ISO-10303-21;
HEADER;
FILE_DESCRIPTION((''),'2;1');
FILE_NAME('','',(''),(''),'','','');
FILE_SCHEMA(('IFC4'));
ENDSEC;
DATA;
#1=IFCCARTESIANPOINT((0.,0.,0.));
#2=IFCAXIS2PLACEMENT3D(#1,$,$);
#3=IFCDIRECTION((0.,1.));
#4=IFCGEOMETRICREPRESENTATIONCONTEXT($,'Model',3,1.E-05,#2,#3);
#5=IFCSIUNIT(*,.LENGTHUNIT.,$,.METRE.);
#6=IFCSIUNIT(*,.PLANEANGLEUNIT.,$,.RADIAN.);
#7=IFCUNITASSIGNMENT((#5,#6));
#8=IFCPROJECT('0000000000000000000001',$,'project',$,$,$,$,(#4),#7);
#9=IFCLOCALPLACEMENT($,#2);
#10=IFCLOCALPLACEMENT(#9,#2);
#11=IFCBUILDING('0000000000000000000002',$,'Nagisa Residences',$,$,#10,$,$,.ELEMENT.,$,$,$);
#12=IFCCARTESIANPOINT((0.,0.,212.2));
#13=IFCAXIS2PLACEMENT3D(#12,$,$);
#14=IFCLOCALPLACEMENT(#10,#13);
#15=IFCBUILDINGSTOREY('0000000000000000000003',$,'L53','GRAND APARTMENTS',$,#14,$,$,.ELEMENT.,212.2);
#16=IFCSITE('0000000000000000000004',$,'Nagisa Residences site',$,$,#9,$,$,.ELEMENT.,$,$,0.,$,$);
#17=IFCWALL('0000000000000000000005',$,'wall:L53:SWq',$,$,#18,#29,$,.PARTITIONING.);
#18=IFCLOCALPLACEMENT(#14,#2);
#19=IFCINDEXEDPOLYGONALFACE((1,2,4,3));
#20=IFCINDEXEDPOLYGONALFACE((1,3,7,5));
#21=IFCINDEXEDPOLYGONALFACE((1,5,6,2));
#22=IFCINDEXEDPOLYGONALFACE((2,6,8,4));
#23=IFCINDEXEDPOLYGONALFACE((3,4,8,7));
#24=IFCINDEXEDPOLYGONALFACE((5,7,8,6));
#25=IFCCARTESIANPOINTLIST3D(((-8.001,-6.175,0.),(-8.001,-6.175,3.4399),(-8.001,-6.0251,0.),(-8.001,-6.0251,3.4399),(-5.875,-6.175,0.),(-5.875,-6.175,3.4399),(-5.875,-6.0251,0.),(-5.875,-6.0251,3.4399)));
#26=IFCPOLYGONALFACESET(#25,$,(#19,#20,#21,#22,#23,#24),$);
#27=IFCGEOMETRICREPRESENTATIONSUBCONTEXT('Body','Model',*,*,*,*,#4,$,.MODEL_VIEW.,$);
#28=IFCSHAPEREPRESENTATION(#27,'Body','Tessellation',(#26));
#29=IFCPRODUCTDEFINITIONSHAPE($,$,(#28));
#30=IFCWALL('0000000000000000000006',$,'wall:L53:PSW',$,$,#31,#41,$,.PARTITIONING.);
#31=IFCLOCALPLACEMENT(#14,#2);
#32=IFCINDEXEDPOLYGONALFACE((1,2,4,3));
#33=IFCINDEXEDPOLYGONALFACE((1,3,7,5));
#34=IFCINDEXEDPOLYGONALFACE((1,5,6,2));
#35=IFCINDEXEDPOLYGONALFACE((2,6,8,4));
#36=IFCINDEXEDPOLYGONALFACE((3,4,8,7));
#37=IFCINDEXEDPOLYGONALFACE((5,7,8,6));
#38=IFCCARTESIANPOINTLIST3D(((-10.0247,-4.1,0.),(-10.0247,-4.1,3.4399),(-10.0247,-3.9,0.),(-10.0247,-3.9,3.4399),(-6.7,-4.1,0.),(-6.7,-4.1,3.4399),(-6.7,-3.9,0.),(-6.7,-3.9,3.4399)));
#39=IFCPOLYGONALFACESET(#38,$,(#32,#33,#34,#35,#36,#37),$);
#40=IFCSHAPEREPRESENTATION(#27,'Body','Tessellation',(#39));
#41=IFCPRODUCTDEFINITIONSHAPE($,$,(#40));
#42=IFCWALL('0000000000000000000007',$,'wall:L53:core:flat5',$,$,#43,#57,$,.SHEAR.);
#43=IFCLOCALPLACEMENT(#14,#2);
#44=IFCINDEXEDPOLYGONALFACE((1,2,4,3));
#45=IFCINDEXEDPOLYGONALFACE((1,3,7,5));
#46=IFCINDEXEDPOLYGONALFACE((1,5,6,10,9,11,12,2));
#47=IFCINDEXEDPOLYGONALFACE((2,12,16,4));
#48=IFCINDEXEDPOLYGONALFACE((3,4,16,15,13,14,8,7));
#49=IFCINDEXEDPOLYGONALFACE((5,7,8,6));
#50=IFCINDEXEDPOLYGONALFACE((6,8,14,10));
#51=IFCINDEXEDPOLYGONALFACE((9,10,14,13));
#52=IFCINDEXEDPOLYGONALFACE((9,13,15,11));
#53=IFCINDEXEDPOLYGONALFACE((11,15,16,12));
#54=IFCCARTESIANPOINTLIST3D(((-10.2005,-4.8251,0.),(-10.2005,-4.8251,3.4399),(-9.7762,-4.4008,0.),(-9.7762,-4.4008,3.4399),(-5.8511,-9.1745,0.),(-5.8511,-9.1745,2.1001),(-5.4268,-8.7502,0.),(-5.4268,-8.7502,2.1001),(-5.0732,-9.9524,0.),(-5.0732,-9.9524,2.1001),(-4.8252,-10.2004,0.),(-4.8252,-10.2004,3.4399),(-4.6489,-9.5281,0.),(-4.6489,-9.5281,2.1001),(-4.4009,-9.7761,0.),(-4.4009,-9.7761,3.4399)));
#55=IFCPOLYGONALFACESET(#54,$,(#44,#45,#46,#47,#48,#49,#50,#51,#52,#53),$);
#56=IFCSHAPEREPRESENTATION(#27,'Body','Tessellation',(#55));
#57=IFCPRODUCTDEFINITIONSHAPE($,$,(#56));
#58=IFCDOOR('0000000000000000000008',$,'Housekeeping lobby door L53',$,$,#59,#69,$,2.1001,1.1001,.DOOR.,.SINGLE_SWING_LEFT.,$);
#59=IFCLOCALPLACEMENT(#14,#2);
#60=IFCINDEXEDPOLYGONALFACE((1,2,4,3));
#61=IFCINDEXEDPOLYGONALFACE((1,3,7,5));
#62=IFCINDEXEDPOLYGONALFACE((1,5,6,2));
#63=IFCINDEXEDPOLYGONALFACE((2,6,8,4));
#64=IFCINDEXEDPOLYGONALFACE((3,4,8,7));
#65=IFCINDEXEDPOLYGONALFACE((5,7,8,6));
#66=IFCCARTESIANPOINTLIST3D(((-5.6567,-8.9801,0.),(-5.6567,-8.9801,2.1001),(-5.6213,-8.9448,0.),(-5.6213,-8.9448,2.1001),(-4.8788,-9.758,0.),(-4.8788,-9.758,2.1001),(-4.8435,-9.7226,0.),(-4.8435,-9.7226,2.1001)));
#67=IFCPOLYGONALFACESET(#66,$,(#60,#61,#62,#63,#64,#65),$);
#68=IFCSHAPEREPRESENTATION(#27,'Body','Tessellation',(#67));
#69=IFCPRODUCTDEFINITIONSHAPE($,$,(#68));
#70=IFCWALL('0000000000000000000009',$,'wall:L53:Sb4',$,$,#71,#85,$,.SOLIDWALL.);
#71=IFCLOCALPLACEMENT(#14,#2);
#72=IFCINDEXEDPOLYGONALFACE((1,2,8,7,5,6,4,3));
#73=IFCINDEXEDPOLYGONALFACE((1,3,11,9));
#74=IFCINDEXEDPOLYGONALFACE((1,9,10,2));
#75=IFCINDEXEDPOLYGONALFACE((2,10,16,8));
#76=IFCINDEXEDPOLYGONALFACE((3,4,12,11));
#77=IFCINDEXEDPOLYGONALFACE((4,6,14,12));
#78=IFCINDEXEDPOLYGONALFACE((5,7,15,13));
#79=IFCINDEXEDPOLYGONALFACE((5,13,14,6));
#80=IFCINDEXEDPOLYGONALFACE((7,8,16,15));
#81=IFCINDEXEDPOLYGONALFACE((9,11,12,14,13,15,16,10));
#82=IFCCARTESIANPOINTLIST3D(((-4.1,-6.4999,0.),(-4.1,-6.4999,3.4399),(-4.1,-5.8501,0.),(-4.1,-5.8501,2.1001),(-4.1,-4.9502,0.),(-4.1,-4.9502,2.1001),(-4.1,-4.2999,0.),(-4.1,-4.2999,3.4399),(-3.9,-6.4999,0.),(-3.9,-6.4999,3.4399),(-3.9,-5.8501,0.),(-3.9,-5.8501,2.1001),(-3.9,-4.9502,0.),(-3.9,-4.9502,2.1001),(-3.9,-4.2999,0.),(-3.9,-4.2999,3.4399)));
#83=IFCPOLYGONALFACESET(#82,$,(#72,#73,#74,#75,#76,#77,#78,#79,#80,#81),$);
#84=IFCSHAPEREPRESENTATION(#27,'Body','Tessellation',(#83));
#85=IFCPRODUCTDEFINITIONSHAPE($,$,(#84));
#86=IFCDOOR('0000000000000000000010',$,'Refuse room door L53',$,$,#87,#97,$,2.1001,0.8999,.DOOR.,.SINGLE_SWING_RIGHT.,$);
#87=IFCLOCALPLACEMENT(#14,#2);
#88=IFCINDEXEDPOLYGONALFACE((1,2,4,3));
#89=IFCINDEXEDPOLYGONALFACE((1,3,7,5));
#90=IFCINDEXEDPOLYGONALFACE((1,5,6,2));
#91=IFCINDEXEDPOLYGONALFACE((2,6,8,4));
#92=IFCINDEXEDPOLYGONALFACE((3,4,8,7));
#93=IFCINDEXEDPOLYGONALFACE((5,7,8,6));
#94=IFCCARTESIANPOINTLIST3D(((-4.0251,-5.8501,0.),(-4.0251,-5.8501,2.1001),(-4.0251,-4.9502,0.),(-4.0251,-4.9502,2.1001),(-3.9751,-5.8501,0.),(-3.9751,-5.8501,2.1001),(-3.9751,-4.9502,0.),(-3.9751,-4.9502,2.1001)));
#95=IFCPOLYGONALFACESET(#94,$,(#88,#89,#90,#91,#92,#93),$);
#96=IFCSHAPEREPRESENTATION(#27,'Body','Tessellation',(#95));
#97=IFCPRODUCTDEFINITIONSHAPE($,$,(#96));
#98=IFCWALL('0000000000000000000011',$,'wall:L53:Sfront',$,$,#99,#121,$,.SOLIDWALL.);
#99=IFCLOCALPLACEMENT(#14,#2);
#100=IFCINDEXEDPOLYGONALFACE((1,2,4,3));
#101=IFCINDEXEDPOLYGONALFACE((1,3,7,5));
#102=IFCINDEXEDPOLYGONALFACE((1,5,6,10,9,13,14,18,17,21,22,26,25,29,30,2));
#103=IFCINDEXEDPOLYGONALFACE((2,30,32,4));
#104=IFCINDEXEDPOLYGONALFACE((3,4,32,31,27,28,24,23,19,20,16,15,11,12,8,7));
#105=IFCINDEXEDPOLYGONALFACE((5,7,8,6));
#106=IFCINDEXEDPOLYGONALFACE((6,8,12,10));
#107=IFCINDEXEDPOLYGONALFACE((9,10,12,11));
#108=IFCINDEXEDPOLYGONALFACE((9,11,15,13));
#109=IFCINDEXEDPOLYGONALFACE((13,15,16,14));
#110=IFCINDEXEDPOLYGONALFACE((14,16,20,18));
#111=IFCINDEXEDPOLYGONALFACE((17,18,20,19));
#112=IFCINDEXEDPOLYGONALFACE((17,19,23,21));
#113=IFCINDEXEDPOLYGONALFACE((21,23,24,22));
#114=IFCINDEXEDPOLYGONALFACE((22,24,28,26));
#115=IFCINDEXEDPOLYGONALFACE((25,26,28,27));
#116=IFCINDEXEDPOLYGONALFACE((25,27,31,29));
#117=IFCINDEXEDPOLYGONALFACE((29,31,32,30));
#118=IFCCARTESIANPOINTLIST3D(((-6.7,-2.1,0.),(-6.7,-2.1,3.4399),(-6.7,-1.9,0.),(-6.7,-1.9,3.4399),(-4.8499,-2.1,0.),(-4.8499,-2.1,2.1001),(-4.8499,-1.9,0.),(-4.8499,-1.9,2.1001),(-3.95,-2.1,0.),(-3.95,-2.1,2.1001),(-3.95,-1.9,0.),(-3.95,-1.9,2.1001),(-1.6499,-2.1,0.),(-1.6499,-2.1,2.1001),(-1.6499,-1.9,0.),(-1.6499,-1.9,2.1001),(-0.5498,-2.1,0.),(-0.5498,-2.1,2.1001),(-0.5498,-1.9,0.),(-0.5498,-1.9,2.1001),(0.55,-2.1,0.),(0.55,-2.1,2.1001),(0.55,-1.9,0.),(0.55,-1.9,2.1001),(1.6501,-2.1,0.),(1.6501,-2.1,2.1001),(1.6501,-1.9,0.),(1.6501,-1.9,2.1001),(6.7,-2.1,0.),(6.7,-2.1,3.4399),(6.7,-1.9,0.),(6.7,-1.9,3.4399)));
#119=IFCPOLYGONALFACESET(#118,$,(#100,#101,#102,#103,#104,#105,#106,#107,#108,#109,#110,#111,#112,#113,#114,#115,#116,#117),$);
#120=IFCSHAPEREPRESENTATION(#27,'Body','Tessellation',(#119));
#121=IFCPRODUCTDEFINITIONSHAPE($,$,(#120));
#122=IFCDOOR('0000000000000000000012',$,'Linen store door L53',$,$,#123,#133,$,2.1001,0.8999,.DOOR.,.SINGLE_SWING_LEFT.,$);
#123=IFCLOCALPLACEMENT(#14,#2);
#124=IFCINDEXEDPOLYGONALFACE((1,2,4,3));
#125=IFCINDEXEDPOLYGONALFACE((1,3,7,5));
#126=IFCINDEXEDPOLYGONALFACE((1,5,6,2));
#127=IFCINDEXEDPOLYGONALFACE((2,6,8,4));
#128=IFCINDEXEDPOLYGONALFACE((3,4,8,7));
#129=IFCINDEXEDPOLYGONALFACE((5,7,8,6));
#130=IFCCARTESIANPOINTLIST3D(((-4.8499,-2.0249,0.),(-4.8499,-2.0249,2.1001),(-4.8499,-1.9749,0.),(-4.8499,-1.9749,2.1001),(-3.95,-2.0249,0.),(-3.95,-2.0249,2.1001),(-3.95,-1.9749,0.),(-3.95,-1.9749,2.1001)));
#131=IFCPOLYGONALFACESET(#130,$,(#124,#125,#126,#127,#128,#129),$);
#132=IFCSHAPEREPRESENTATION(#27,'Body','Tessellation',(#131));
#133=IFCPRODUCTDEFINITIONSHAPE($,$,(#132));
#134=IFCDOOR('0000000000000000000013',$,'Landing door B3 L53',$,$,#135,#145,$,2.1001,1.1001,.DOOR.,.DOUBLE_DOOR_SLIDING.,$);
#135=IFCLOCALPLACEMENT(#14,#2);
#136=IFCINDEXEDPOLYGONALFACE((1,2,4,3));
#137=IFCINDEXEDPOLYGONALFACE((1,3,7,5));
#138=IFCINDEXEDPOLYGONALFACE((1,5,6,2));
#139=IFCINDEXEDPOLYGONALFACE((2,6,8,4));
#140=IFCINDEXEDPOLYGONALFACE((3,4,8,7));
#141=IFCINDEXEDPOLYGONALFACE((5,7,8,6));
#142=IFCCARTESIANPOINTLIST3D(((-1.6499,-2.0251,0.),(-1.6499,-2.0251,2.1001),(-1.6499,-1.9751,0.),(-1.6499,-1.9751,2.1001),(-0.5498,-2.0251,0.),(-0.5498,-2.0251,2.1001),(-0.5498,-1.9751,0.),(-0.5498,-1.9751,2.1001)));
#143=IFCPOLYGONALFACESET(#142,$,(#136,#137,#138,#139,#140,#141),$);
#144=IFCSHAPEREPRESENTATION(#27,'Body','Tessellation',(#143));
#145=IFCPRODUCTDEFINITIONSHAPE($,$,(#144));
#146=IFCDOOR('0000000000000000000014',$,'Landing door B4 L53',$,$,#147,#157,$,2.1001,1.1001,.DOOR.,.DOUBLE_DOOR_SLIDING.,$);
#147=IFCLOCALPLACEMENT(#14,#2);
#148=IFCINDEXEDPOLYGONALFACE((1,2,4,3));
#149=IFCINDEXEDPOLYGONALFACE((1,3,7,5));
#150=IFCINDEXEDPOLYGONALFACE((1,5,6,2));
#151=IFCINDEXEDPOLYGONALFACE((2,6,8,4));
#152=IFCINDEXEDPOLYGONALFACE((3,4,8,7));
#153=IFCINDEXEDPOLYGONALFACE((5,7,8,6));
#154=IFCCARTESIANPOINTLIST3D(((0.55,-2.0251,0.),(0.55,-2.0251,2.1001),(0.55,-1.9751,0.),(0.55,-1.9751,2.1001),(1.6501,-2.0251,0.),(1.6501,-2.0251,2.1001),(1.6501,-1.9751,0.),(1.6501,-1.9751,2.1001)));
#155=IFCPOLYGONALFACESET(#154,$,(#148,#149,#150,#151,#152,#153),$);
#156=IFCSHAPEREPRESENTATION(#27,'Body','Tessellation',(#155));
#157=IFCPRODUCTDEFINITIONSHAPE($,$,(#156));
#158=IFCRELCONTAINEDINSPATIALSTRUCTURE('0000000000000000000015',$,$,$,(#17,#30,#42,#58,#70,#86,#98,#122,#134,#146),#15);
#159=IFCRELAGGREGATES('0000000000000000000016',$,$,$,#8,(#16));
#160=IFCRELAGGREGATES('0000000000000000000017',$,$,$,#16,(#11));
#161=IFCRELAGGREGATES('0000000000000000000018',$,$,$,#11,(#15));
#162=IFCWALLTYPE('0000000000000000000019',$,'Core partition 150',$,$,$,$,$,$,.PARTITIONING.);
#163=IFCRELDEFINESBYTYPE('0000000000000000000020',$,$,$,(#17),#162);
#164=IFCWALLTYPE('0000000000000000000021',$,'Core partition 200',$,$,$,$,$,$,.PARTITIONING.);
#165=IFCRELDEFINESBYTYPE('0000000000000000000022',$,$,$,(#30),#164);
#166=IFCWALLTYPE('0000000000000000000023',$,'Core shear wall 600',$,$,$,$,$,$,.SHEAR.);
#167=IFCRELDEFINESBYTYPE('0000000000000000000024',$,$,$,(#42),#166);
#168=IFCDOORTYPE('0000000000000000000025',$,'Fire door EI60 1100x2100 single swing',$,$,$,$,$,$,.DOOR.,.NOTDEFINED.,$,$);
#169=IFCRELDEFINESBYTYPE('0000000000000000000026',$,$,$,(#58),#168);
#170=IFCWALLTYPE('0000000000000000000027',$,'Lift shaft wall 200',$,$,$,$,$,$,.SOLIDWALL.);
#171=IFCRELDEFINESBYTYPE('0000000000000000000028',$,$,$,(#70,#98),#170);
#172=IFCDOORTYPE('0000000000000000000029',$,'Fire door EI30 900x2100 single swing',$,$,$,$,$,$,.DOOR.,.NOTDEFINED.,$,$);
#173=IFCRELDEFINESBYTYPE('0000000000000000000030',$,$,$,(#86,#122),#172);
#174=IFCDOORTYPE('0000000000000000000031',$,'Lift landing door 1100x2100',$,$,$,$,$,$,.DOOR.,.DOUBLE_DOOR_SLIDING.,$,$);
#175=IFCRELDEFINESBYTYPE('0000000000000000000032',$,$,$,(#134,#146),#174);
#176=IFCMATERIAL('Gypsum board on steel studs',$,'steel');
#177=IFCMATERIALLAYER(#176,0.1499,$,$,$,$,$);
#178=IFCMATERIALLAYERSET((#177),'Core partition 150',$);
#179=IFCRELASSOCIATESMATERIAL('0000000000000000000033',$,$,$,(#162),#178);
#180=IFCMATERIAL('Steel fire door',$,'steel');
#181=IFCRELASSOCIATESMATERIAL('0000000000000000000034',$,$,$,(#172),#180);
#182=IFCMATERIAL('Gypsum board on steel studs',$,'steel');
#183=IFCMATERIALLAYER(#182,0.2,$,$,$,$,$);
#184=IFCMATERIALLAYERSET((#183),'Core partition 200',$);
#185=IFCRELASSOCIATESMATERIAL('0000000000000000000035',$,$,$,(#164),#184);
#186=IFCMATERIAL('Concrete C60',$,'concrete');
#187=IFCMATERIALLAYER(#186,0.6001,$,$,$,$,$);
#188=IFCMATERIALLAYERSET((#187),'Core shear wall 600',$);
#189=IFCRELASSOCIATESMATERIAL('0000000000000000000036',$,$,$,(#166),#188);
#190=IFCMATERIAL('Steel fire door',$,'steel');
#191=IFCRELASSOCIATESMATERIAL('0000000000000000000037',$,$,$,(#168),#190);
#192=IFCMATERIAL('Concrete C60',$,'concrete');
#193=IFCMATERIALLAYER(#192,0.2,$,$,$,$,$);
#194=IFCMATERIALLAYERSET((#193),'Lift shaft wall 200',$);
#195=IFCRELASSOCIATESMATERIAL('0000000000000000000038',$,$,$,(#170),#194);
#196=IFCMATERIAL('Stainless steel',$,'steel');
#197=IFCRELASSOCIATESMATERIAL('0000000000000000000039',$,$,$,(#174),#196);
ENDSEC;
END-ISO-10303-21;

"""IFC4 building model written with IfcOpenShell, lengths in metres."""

from ifc_helpers import new_model, si_unit, direction, frame, frame_2d, origin, place, context, subcontext, project, spatial, rectangle, extrude, material, layer, layer_set, type_object, element, fill, save


model = new_model("IFC4")

# Units and contexts
model_context = context("Model", 3, precision=1e-05, world=origin(), true_north=direction((0.0, 1.0)))
body_context = subcontext(model_context, "Body", "Model", "MODEL_VIEW")
ifc_project = project(units=[si_unit("LENGTHUNIT", "METRE"), si_unit("PLANEANGLEUNIT", "RADIAN")], contexts=[model_context])

# Site, building, storey
site_placement = place(None, origin())
site = spatial("IfcSite", under=ifc_project, at=site_placement, Name="Nagisa Residences site", CompositionType="ELEMENT", RefElevation=0.0)
building_placement = place(site_placement, origin())
building = spatial("IfcBuilding", under=site, at=building_placement, Name="Nagisa Residences", CompositionType="ELEMENT")
storey_placement = place(building_placement, frame((0.0, 0.0, 212.2)))
storey = spatial("IfcBuildingStorey", under=building, at=storey_placement, Name="L53", Description="GRAND APARTMENTS", CompositionType="ELEMENT", Elevation=212.2)

# Shared definitions
ifc_material_1 = material(Name="Gypsum board on steel studs", Category="steel")
ifc_layer_1 = layer(ifc_material_1, 0.1499)
ifc_layer_set_1 = layer_set([ifc_layer_1], Name="Core partition 150")
wall_type_1 = type_object("IfcWallType", Name="Core partition 150", PredefinedType="PARTITIONING", material=ifc_layer_set_1)
ifc_material_2 = material(Name="Steel fire door", Category="steel")
door_type_1 = type_object("IfcDoorType", Name="Fire door EI30 900x2100 single swing", OperationType="NOTDEFINED", PredefinedType="DOOR", material=ifc_material_2)

# Walls
wall_1_placement = place(storey_placement, frame((-8.001, -6.1001, 0.0), z_axis=(0.0, 0.0, 1.0), x_axis=(1.0, 0.0, 0.0)))
element("IfcWall", 1, at=wall_1_placement, inside=storey, type_object=wall_type_1, Name="wall:L53:SWq", PredefinedType="PARTITIONING", context=body_context, shape_type="SweptSolid", body=[
    extrude(rectangle(XDim=2.126, YDim=0.1499, at=frame_2d((1.063, 0.0))), origin(), (0.0, 0.0, 1.0), 3.4399),
])
ifc_material_3 = material(Name="Gypsum board on steel studs", Category="steel")
ifc_layer_2 = layer(ifc_material_3, 0.2)
ifc_layer_set_2 = layer_set([ifc_layer_2], Name="Core partition 200")
wall_type_2 = type_object("IfcWallType", Name="Core partition 200", PredefinedType="PARTITIONING", material=ifc_layer_set_2)
wall_2_placement = place(storey_placement, frame((-10.0247, -4.0, 0.0), z_axis=(0.0, 0.0, 1.0), x_axis=(1.0, 0.0, 0.0)))
element("IfcWall", 2, at=wall_2_placement, inside=storey, type_object=wall_type_2, Name="wall:L53:PSW", PredefinedType="PARTITIONING", context=body_context, shape_type="SweptSolid", body=[
    extrude(rectangle(XDim=3.3247, YDim=0.2, at=frame_2d((1.6624, 0.0))), origin(), (0.0, 0.0, 1.0), 3.4399),
])

# Walls, openings, doors
ifc_material_4 = material(Name="Concrete C60", Category="concrete")
ifc_layer_3 = layer(ifc_material_4, 0.6001)
ifc_layer_set_3 = layer_set([ifc_layer_3], Name="Core shear wall 600")
wall_type_3 = type_object("IfcWallType", Name="Core shear wall 600", PredefinedType="SHEAR", material=ifc_layer_set_3)
wall_3_placement = place(storey_placement, frame((-9.9883, -4.613, 0.0), z_axis=(0.0, 0.0, 1.0), x_axis=(0.707107, -0.707107, 0.0)))
wall_3 = element("IfcWall", 3, at=wall_3_placement, inside=storey, type_object=wall_type_3, Name="wall:L53:core:flat5", PredefinedType="SHEAR", context=body_context, shape_type="SweptSolid", body=[
    extrude(rectangle(XDim=7.6018, YDim=0.6001, at=frame_2d((3.8008, 0.0))), origin(), (0.0, 0.0, 1.0), 3.4399),
])
opening_1_placement = place(wall_3_placement, frame((6.1509, 0.0, 0.0)))
opening_1 = element("IfcOpeningElement", 4, at=opening_1_placement, cuts=wall_3, PredefinedType="OPENING", context=body_context, shape_type="SweptSolid", body=[
    extrude(rectangle(XDim=1.1001, YDim=2.1001, at=frame_2d((0.55, 1.05))), frame((0.0, 0.3101, 0.0), z_axis=(0.0, -1.0, 0.0), x_axis=(1.0, 0.0, 0.0)), (0.0, 0.0, 1.0), 0.6201),
])
ifc_material_5 = material(Name="Steel fire door", Category="steel")
door_type_2 = type_object("IfcDoorType", Name="Fire door EI60 1100x2100 single swing", OperationType="NOTDEFINED", PredefinedType="DOOR", material=ifc_material_5)
door_1_placement = place(opening_1_placement, origin())
door_1 = element("IfcDoor", 5, at=door_1_placement, inside=storey, type_object=door_type_2, Name="Housekeeping lobby door L53", OperationType="SINGLE_SWING_LEFT", OverallHeight=2.1001, OverallWidth=1.1001, PredefinedType="DOOR", context=body_context, shape_type="SweptSolid", body=[
    extrude(rectangle(XDim=1.1001, YDim=2.1001, at=frame_2d((0.55, 1.05))), frame((0.0, 0.0249, 0.0), z_axis=(0.0, -1.0, 0.0), x_axis=(1.0, 0.0, 0.0)), (0.0, 0.0, 1.0), 0.05),
])
fill(opening_1, door_1)
ifc_material_6 = material(Name="Concrete C60", Category="concrete")
ifc_layer_4 = layer(ifc_material_6, 0.2)
ifc_layer_set_4 = layer_set([ifc_layer_4], Name="Lift shaft wall 200")
wall_type_4 = type_object("IfcWallType", Name="Lift shaft wall 200", PredefinedType="SOLIDWALL", material=ifc_layer_set_4)
wall_4_placement = place(storey_placement, frame((-4.0, -6.5, 0.0), z_axis=(0.0, 0.0, 1.0), x_axis=(0.0, 1.0, 0.0)))
wall_4 = element("IfcWall", 6, at=wall_4_placement, inside=storey, type_object=wall_type_4, Name="wall:L53:Sb4", PredefinedType="SOLIDWALL", context=body_context, shape_type="SweptSolid", body=[
    extrude(rectangle(XDim=2.2, YDim=0.2, at=frame_2d((1.1001, 0.0))), origin(), (0.0, 0.0, 1.0), 3.4399),
])
opening_2_placement = place(wall_4_placement, frame((0.6499, 0.0, 0.0)))
opening_2 = element("IfcOpeningElement", 7, at=opening_2_placement, cuts=wall_4, PredefinedType="OPENING", context=body_context, shape_type="SweptSolid", body=[
    extrude(rectangle(XDim=0.8999, YDim=2.1001, at=frame_2d((0.45, 1.05))), frame((0.0, 0.1099, 0.0), z_axis=(0.0, -1.0, 0.0), x_axis=(1.0, 0.0, 0.0)), (0.0, 0.0, 1.0), 0.22),
])
door_2_placement = place(opening_2_placement, frame((0.8999, 0.0, 0.0), x_axis=(-1.0, 0.0, 0.0)))
door_2 = element("IfcDoor", 8, at=door_2_placement, inside=storey, type_object=door_type_1, Name="Refuse room door L53", OperationType="SINGLE_SWING_RIGHT", OverallHeight=2.1001, OverallWidth=0.8999, PredefinedType="DOOR", context=body_context, shape_type="SweptSolid", body=[
    extrude(rectangle(XDim=0.8999, YDim=2.1001, at=frame_2d((0.45, 1.05))), frame((0.0, 0.0249, 0.0), z_axis=(0.0, -1.0, 0.0), x_axis=(1.0, 0.0, 0.0)), (0.0, 0.0, 1.0), 0.05),
])
fill(opening_2, door_2)

# Wall, openings, doors
wall_5_placement = place(storey_placement, frame((-6.7, -2.0, 0.0), z_axis=(0.0, 0.0, 1.0), x_axis=(1.0, 0.0, 0.0)))
wall_5 = element("IfcWall", 9, at=wall_5_placement, inside=storey, type_object=wall_type_4, Name="wall:L53:Sfront", PredefinedType="SOLIDWALL", context=body_context, shape_type="SweptSolid", body=[
    extrude(rectangle(XDim=13.3999, YDim=0.2, at=frame_2d((6.7, 0.0))), origin(), (0.0, 0.0, 1.0), 3.4399),
])
opening_3_placement = place(wall_5_placement, frame((5.05, 0.0, 0.0)))
opening_3 = element("IfcOpeningElement", 10, at=opening_3_placement, cuts=wall_5, PredefinedType="OPENING", context=body_context, shape_type="SweptSolid", body=[
    extrude(rectangle(XDim=1.1001, YDim=2.1001, at=frame_2d((0.55, 1.05))), frame((0.0, 0.1099, 0.0), z_axis=(0.0, -1.0, 0.0), x_axis=(1.0, 0.0, 0.0)), (0.0, 0.0, 1.0), 0.22),
])
opening_4_placement = place(wall_5_placement, frame((7.25, 0.0, 0.0)))
opening_4 = element("IfcOpeningElement", 11, at=opening_4_placement, cuts=wall_5, PredefinedType="OPENING", context=body_context, shape_type="SweptSolid", body=[
    extrude(rectangle(XDim=1.1001, YDim=2.1001, at=frame_2d((0.55, 1.05))), frame((0.0, 0.1099, 0.0), z_axis=(0.0, -1.0, 0.0), x_axis=(1.0, 0.0, 0.0)), (0.0, 0.0, 1.0), 0.22),
])
opening_5_placement = place(wall_5_placement, frame((1.8501, 0.0, 0.0)))
opening_5 = element("IfcOpeningElement", 12, at=opening_5_placement, cuts=wall_5, PredefinedType="OPENING", context=body_context, shape_type="SweptSolid", body=[
    extrude(rectangle(XDim=0.8999, YDim=2.1001, at=frame_2d((0.45, 1.05))), frame((0.0, 0.1099, 0.0), z_axis=(0.0, -1.0, 0.0), x_axis=(1.0, 0.0, 0.0)), (0.0, 0.0, 1.0), 0.22),
])
door_3_placement = place(opening_5_placement, frame((0.8999, 0.0, 0.0), x_axis=(-1.0, 0.0, 0.0)))
door_3 = element("IfcDoor", 13, at=door_3_placement, inside=storey, type_object=door_type_1, Name="Linen store door L53", OperationType="SINGLE_SWING_LEFT", OverallHeight=2.1001, OverallWidth=0.8999, PredefinedType="DOOR", context=body_context, shape_type="SweptSolid", body=[
    extrude(rectangle(XDim=0.8999, YDim=2.1001, at=frame_2d((0.45, 1.05))), frame((0.0, 0.0249, 0.0), z_axis=(0.0, -1.0, 0.0), x_axis=(1.0, 0.0, 0.0)), (0.0, 0.0, 1.0), 0.05),
])
fill(opening_5, door_3)
ifc_material_7 = material(Name="Stainless steel", Category="steel")
door_type_3 = type_object("IfcDoorType", Name="Lift landing door 1100x2100", OperationType="DOUBLE_DOOR_SLIDING", PredefinedType="DOOR", material=ifc_material_7)
door_4_placement = place(opening_3_placement, origin())
door_4 = element("IfcDoor", 14, at=door_4_placement, inside=storey, type_object=door_type_3, Name="Landing door B3 L53", OperationType="DOUBLE_DOOR_SLIDING", OverallHeight=2.1001, OverallWidth=1.1001, PredefinedType="DOOR", context=body_context, shape_type="SweptSolid", body=[
    extrude(rectangle(XDim=1.1001, YDim=2.1001, at=frame_2d((0.55, 1.05))), frame((0.0, 0.0249, 0.0), z_axis=(0.0, -1.0, 0.0), x_axis=(1.0, 0.0, 0.0)), (0.0, 0.0, 1.0), 0.05),
])
fill(opening_3, door_4)
door_5_placement = place(opening_4_placement, origin())
door_5 = element("IfcDoor", 15, at=door_5_placement, inside=storey, type_object=door_type_3, Name="Landing door B4 L53", OperationType="DOUBLE_DOOR_SLIDING", OverallHeight=2.1001, OverallWidth=1.1001, PredefinedType="DOOR", context=body_context, shape_type="SweptSolid", body=[
    extrude(rectangle(XDim=1.1001, YDim=2.1001, at=frame_2d((0.55, 1.05))), frame((0.0, 0.0249, 0.0), z_axis=(0.0, -1.0, 0.0), x_axis=(1.0, 0.0, 0.0)), (0.0, 0.0, 1.0), 0.05),
])
fill(opening_4, door_5)

save(model, "model.ifc")
